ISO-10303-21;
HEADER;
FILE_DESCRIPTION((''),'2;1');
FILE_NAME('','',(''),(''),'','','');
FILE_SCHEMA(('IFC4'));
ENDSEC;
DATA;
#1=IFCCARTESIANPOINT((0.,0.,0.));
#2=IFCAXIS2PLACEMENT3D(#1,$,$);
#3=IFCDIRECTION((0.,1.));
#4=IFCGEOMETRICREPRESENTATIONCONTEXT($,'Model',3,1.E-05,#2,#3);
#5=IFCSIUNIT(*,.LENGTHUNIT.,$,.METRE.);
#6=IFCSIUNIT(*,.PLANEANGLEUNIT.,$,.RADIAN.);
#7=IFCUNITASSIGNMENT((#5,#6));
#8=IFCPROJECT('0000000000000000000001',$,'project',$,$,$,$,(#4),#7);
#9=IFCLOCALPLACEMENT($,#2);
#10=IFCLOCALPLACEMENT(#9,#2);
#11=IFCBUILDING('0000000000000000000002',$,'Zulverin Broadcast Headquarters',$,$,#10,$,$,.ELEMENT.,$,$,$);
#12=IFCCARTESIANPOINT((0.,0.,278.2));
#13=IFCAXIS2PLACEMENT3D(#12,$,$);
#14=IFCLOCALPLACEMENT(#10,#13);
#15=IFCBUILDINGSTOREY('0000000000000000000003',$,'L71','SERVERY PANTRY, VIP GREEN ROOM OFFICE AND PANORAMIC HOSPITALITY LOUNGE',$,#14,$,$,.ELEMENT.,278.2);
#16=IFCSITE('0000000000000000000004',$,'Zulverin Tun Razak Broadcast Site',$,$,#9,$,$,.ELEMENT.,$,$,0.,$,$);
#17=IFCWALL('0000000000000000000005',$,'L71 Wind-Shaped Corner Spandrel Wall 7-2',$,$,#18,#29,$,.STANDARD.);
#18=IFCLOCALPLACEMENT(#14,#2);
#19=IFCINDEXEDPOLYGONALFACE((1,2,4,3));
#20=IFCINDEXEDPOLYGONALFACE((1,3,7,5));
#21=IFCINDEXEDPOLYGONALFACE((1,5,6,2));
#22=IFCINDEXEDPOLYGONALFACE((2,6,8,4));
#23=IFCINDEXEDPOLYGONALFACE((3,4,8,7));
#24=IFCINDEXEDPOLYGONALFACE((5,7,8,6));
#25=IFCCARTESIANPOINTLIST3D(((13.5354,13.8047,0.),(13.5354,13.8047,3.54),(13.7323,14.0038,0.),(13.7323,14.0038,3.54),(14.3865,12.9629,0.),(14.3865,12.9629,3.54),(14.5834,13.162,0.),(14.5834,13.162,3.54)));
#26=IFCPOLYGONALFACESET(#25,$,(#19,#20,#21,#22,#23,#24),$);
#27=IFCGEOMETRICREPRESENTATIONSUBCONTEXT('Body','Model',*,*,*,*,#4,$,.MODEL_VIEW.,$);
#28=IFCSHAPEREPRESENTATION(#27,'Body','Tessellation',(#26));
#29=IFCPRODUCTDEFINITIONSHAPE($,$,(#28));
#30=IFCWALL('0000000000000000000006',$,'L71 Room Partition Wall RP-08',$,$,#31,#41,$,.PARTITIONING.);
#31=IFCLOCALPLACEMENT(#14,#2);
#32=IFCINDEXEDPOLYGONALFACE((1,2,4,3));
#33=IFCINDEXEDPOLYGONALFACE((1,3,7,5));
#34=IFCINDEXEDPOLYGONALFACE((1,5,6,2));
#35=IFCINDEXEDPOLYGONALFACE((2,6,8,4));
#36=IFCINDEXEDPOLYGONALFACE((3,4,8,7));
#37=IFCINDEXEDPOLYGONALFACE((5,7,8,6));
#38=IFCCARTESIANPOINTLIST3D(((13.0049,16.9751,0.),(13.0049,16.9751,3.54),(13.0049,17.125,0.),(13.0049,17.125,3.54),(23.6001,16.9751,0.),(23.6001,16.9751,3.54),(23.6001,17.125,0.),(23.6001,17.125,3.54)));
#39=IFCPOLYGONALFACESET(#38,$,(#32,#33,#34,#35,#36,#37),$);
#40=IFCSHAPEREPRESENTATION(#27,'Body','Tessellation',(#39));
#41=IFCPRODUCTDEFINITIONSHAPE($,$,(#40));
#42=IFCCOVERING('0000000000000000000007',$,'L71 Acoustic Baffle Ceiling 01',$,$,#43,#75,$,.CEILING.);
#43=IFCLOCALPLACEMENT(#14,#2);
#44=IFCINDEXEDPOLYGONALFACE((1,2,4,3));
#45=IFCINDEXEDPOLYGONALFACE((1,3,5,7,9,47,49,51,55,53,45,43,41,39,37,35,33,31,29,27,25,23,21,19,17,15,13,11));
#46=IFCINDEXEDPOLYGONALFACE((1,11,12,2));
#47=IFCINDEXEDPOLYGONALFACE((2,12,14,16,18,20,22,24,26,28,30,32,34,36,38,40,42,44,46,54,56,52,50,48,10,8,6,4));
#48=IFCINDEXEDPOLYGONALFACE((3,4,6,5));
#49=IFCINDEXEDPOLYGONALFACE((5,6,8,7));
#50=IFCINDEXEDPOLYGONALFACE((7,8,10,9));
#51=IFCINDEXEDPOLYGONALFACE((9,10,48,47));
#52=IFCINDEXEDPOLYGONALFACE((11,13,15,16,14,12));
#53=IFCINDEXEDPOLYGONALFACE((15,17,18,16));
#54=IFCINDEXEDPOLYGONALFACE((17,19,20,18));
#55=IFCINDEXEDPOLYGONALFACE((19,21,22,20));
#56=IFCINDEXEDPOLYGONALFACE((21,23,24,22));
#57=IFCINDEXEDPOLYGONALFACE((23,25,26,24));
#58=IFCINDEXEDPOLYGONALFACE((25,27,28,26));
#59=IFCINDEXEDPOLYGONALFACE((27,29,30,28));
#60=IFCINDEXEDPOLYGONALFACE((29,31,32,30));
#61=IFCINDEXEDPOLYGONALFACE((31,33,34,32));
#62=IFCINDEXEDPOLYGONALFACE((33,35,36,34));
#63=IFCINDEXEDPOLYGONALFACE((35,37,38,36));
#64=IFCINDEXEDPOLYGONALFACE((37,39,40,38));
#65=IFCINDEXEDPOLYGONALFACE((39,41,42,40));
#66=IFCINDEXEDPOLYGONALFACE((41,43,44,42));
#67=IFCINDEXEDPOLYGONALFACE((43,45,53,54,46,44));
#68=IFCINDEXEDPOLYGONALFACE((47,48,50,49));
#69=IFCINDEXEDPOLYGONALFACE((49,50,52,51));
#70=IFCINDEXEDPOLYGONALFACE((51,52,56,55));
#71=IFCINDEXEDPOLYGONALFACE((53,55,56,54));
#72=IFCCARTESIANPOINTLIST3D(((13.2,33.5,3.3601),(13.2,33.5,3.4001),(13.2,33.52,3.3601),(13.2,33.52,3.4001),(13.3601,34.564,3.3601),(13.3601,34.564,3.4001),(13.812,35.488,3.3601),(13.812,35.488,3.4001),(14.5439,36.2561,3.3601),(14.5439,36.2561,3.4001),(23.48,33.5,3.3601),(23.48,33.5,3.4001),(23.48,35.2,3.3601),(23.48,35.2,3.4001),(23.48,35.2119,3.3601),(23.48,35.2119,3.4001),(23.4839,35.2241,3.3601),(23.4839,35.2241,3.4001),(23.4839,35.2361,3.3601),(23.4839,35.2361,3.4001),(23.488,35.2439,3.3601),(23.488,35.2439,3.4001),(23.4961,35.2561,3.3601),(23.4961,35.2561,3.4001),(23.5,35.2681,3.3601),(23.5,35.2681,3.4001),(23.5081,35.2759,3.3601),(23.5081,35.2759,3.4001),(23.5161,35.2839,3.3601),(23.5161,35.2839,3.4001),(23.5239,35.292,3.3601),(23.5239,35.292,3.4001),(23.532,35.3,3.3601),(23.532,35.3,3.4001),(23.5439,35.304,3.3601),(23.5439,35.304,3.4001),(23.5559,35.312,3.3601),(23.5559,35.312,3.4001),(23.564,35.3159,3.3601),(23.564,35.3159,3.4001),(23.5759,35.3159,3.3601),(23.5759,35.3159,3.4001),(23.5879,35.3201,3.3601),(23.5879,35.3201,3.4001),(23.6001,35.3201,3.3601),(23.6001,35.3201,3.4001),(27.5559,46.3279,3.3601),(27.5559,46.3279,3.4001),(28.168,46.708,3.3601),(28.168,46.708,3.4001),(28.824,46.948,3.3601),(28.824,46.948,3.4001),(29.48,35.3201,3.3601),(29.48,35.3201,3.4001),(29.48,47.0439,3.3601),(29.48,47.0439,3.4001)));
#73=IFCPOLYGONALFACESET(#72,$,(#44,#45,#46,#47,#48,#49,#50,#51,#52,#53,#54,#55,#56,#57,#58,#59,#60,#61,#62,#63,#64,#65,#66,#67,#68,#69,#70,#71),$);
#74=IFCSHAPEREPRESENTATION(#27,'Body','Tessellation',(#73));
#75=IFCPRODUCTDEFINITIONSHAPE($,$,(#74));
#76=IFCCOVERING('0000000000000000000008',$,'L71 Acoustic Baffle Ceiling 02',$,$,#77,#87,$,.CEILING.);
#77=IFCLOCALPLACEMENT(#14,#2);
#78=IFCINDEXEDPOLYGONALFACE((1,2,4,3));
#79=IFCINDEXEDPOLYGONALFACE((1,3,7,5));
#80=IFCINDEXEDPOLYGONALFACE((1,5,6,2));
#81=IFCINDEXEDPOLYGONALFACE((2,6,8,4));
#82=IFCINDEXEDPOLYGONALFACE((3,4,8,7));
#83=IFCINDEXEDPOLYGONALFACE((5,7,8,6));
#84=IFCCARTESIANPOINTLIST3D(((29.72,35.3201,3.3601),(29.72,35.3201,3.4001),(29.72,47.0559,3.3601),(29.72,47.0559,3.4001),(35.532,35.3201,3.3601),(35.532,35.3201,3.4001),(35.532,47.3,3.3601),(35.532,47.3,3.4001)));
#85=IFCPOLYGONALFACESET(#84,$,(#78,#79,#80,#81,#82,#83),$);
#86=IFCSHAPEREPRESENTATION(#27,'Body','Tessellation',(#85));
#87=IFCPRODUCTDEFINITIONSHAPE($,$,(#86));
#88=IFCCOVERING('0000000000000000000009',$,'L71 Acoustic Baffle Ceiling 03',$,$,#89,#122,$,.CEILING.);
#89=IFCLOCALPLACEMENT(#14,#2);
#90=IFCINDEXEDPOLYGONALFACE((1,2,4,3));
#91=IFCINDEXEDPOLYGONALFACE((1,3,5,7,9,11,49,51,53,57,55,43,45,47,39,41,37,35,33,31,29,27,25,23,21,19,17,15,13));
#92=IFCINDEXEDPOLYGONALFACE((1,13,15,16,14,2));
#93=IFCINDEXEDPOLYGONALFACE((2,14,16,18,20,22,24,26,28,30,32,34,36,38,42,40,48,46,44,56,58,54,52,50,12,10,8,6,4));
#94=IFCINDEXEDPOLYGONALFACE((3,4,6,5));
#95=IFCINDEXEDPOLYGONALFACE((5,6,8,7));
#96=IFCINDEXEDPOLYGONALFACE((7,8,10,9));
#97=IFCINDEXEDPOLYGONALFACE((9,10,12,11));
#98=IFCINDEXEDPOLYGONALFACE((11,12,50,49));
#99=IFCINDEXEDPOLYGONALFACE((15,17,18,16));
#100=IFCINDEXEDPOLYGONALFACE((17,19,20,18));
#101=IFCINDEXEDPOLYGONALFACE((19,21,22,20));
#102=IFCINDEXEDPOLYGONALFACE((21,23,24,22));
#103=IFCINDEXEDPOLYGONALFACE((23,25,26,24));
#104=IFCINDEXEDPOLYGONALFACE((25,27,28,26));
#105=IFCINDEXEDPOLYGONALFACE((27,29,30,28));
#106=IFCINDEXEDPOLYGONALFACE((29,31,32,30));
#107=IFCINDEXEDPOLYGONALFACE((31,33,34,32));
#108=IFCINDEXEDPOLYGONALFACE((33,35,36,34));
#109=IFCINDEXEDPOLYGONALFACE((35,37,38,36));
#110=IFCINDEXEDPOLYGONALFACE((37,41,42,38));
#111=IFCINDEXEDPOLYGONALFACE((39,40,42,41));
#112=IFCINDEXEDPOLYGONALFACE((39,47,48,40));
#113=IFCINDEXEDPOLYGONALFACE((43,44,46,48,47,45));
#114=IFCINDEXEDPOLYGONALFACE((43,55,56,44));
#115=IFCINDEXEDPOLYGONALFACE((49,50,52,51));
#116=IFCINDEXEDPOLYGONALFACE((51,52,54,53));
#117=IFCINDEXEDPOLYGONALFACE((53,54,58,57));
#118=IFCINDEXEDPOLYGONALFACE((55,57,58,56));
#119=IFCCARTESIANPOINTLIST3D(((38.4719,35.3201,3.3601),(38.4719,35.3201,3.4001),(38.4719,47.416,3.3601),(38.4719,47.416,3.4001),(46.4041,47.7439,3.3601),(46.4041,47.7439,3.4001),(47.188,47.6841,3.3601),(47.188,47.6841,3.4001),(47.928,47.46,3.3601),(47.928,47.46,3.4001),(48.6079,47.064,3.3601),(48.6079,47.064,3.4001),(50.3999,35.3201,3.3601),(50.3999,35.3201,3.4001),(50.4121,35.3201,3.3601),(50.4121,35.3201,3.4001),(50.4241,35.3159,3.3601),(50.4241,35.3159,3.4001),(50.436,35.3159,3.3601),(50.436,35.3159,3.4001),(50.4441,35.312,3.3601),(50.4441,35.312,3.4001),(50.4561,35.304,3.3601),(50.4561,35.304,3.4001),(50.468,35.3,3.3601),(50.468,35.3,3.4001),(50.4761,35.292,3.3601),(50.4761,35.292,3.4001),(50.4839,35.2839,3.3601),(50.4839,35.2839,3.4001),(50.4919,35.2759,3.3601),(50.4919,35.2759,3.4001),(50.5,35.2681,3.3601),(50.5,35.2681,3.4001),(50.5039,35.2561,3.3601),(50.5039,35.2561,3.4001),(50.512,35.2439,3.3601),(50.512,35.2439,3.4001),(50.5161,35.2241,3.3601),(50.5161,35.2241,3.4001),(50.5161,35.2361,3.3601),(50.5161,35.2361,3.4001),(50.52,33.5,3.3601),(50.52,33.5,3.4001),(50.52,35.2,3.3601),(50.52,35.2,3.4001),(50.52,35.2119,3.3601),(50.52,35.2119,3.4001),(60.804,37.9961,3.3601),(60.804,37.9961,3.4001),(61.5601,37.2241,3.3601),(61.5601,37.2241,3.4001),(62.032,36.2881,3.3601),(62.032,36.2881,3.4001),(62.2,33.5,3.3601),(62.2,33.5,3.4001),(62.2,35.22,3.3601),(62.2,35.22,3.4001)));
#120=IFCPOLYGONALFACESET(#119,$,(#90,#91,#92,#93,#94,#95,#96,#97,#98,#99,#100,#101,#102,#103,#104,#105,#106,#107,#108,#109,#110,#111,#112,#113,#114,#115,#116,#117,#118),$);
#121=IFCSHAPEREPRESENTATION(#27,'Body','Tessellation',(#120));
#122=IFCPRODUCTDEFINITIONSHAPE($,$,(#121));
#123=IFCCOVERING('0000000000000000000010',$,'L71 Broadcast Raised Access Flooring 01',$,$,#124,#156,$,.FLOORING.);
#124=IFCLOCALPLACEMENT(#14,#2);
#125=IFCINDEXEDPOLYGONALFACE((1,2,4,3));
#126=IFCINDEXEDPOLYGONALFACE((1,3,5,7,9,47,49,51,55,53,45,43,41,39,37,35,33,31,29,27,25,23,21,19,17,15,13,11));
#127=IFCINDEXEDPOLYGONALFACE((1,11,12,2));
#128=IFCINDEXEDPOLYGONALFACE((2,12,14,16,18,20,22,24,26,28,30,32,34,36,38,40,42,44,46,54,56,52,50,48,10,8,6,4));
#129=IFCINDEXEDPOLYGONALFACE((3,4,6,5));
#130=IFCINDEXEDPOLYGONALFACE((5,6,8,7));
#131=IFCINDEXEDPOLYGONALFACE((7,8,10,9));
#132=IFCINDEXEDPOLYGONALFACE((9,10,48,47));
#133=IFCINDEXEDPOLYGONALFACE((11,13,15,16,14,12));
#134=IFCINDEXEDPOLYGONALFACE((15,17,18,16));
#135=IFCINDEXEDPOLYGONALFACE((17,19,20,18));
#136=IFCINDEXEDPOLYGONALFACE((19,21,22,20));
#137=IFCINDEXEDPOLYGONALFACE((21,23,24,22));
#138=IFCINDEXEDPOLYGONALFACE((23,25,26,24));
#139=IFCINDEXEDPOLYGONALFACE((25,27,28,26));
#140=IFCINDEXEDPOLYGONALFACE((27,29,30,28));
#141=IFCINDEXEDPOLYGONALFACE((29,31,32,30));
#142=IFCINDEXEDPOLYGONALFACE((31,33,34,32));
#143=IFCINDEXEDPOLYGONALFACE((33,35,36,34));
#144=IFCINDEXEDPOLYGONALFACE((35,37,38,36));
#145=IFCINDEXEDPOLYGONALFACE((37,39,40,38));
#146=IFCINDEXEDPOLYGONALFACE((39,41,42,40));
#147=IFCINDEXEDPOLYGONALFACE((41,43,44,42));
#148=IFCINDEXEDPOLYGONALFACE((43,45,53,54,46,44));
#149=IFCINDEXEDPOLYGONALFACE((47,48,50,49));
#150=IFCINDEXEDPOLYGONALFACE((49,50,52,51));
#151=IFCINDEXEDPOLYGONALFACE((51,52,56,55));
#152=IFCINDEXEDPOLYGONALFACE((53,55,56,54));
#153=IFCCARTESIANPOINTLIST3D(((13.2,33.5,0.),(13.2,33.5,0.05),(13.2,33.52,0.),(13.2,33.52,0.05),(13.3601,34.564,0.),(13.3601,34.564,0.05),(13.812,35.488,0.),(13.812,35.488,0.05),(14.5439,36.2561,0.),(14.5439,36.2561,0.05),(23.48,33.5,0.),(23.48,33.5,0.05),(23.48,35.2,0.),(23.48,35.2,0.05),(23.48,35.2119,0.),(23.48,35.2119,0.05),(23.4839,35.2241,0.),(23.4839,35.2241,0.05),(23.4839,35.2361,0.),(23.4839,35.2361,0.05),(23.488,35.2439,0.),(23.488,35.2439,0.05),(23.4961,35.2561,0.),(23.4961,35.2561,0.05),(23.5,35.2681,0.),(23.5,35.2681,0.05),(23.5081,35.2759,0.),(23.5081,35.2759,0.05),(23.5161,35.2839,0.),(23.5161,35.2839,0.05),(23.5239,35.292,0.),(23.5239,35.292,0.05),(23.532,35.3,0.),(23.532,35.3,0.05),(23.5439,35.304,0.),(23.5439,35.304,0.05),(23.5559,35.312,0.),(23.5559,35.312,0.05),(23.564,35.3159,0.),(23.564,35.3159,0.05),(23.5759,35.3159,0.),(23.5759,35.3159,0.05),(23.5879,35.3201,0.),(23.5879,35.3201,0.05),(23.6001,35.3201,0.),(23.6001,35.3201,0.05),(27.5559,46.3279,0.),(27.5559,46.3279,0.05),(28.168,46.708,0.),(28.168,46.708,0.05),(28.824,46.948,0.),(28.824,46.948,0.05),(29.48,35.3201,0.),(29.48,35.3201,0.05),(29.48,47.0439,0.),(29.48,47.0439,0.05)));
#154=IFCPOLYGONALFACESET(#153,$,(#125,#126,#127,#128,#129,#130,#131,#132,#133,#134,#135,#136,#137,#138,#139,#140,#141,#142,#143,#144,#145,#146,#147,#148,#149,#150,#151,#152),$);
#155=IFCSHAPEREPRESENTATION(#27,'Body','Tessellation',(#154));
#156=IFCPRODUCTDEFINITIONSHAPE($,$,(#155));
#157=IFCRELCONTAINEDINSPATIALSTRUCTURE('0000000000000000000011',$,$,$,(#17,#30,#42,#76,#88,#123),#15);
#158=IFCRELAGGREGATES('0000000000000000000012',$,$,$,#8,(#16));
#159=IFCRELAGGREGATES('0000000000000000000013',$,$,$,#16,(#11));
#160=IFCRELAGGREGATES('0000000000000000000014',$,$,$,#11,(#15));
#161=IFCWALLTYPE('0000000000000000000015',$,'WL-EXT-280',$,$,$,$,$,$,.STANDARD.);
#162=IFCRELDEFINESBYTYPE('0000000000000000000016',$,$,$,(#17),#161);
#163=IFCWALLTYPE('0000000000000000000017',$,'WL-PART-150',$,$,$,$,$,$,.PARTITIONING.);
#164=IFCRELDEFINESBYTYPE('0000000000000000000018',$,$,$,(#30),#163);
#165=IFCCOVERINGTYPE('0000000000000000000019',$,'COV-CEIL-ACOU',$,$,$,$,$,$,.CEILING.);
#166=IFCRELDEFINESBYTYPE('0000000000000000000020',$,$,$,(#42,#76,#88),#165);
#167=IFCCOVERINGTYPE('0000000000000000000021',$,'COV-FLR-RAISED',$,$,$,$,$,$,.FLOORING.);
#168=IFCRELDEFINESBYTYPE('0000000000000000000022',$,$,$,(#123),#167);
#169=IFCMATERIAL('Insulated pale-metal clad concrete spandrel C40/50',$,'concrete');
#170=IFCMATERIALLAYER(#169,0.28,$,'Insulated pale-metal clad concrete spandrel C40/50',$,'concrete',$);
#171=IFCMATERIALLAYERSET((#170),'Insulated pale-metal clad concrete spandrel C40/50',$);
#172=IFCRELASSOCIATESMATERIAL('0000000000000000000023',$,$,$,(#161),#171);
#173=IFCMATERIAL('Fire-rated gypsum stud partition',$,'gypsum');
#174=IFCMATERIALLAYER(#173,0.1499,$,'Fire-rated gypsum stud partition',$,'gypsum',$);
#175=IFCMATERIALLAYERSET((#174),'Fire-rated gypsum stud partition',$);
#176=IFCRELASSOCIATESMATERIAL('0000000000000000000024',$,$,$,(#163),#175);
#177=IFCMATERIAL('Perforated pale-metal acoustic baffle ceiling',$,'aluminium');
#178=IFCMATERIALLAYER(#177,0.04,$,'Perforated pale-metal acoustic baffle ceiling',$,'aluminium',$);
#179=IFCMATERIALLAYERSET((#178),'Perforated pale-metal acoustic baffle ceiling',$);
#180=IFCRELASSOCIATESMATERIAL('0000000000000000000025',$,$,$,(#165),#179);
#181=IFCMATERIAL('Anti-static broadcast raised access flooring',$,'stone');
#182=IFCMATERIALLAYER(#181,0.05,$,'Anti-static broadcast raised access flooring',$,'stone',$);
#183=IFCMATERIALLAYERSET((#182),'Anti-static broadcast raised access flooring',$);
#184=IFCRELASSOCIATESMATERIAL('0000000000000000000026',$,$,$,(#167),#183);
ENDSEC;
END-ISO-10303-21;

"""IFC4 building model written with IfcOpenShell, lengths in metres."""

from ifc_helpers import new_model, si_unit, direction, frame, frame_2d, origin, place, context, subcontext, project, spatial, polyline, rectangle, outline, extrude, material, layer, layer_set, type_object, element, save


model = new_model("IFC4")

# Units and contexts
model_context = context("Model", 3, precision=1e-05, world=origin(), true_north=direction((0.0, 1.0)))
body_context = subcontext(model_context, "Body", "Model", "MODEL_VIEW")
ifc_project = project(units=[si_unit("LENGTHUNIT", "METRE"), si_unit("PLANEANGLEUNIT", "RADIAN")], contexts=[model_context])

# Site, building, storey
site_placement = place(None, origin())
site = spatial("IfcSite", under=ifc_project, at=site_placement, Name="Zulverin Tun Razak Broadcast Site", CompositionType="ELEMENT", RefElevation=0.0)
building_placement = place(site_placement, origin())
building = spatial("IfcBuilding", under=site, at=building_placement, Name="Zulverin Broadcast Headquarters", CompositionType="ELEMENT")
storey_placement = place(building_placement, frame((0.0, 0.0, 278.2)))
storey = spatial("IfcBuildingStorey", under=building, at=storey_placement, Name="L71", Description="SERVERY PANTRY, VIP GREEN ROOM OFFICE AND PANORAMIC HOSPITALITY LOUNGE", CompositionType="ELEMENT", Elevation=278.2)

# Walls
ifc_material_1 = material(Name="Insulated pale-metal clad concrete spandrel C40/50", Category="concrete")
ifc_layer_1 = layer(ifc_material_1, 0.28, Name="Insulated pale-metal clad concrete spandrel C40/50", Category="concrete")
ifc_layer_set_1 = layer_set([ifc_layer_1], Name="Insulated pale-metal clad concrete spandrel C40/50")
wall_type_1 = type_object("IfcWallType", Name="WL-EXT-280", PredefinedType="STANDARD", material=ifc_layer_set_1)
wall_1_placement = place(storey_placement, frame((13.6338, 13.9043, 0.0), z_axis=(0.0, 0.0, 1.0), x_axis=(0.710971, -0.703221, 0.0)))
element("IfcWall", 1, at=wall_1_placement, inside=storey, type_object=wall_type_1, Name="L71 Wind-Shaped Corner Spandrel Wall 7-2", PredefinedType="STANDARD", context=body_context, shape_type="SweptSolid", body=[
    extrude(rectangle(XDim=1.197, YDim=0.28, at=frame_2d((0.5986, 0.0))), origin(), (0.0, 0.0, 1.0), 3.54),
])
ifc_material_2 = material(Name="Fire-rated gypsum stud partition", Category="gypsum")
ifc_layer_2 = layer(ifc_material_2, 0.1499, Name="Fire-rated gypsum stud partition", Category="gypsum")
ifc_layer_set_2 = layer_set([ifc_layer_2], Name="Fire-rated gypsum stud partition")
wall_type_2 = type_object("IfcWallType", Name="WL-PART-150", PredefinedType="PARTITIONING", material=ifc_layer_set_2)
wall_2_placement = place(storey_placement, frame((13.0049, 17.05, 0.0), z_axis=(0.0, 0.0, 1.0), x_axis=(1.0, 0.0, 0.0)))
element("IfcWall", 2, at=wall_2_placement, inside=storey, type_object=wall_type_2, Name="L71 Room Partition Wall RP-08", PredefinedType="PARTITIONING", context=body_context, shape_type="SweptSolid", body=[
    extrude(rectangle(XDim=10.5952, YDim=0.1499, at=frame_2d((5.2976, 0.0))), origin(), (0.0, 0.0, 1.0), 3.54),
])

# Coverings
ifc_material_3 = material(Name="Perforated pale-metal acoustic baffle ceiling", Category="aluminium")
ifc_layer_3 = layer(ifc_material_3, 0.04, Name="Perforated pale-metal acoustic baffle ceiling", Category="aluminium")
ifc_layer_set_3 = layer_set([ifc_layer_3], Name="Perforated pale-metal acoustic baffle ceiling")
covering_type_1 = type_object("IfcCoveringType", Name="COV-CEIL-ACOU", PredefinedType="CEILING", material=ifc_layer_set_3)
covering_1_placement = place(storey_placement, frame((0.0, 0.0, 3.3601)))
element("IfcCovering", 3, at=covering_1_placement, inside=storey, type_object=covering_type_1, Name="L71 Acoustic Baffle Ceiling 01", PredefinedType="CEILING", context=body_context, shape_type="SweptSolid", body=[
    extrude(outline(polyline([(28.168, 46.708), (27.5559, 46.3279), (14.5439, 36.2561), (13.812, 35.488), (13.3601, 34.564), (13.2, 33.52), (13.2, 33.5), (23.48, 33.5), (23.48, 35.2), (23.48, 35.2119), (23.4839, 35.2241), (23.4839, 35.2361), (23.488, 35.2439), (23.4961, 35.2561), (23.5, 35.2681), (23.5081, 35.2759), (23.5161, 35.2839), (23.5239, 35.292), (23.532, 35.3), (23.5439, 35.304), (23.5559, 35.312), (23.564, 35.3159), (23.5759, 35.3159), (23.5879, 35.3201), (23.6001, 35.3201), (29.48, 35.3201), (29.48, 47.0439), (28.824, 46.948), (28.168, 46.708)])), origin(), (0.0, 0.0, 1.0), 0.04),
])
covering_2_placement = place(storey_placement, frame((0.0, 0.0, 3.3601)))
element("IfcCovering", 4, at=covering_2_placement, inside=storey, type_object=covering_type_1, Name="L71 Acoustic Baffle Ceiling 02", PredefinedType="CEILING", context=body_context, shape_type="SweptSolid", body=[
    extrude(outline(polyline([(35.532, 35.3201), (35.532, 47.3), (29.72, 47.0559), (29.72, 35.3201), (35.532, 35.3201)])), origin(), (0.0, 0.0, 1.0), 0.04),
])
covering_3_placement = place(storey_placement, frame((0.0, 0.0, 3.3601)))
element("IfcCovering", 5, at=covering_3_placement, inside=storey, type_object=covering_type_1, Name="L71 Acoustic Baffle Ceiling 03", PredefinedType="CEILING", context=body_context, shape_type="SweptSolid", body=[
    extrude(outline(polyline([(46.4041, 47.7439), (38.4719, 47.416), (38.4719, 35.3201), (50.3999, 35.3201), (50.4121, 35.3201), (50.4241, 35.3159), (50.436, 35.3159), (50.4441, 35.312), (50.4561, 35.304), (50.468, 35.3), (50.4761, 35.292), (50.4839, 35.2839), (50.4919, 35.2759), (50.5, 35.2681), (50.5039, 35.2561), (50.512, 35.2439), (50.5161, 35.2361), (50.5161, 35.2241), (50.52, 35.2119), (50.52, 35.2), (50.52, 33.5), (62.2, 33.5), (62.2, 35.22), (62.032, 36.2881), (61.5601, 37.2241), (60.804, 37.9961), (48.6079, 47.064), (47.928, 47.46), (47.188, 47.6841), (46.4041, 47.7439)])), origin(), (0.0, 0.0, 1.0), 0.04),
])
ifc_material_4 = material(Name="Anti-static broadcast raised access flooring", Category="stone")
ifc_layer_4 = layer(ifc_material_4, 0.05, Name="Anti-static broadcast raised access flooring", Category="stone")
ifc_layer_set_4 = layer_set([ifc_layer_4], Name="Anti-static broadcast raised access flooring")
covering_type_2 = type_object("IfcCoveringType", Name="COV-FLR-RAISED", PredefinedType="FLOORING", material=ifc_layer_set_4)
covering_4_placement = place(storey_placement, origin())
element("IfcCovering", 6, at=covering_4_placement, inside=storey, type_object=covering_type_2, Name="L71 Broadcast Raised Access Flooring 01", PredefinedType="FLOORING", context=body_context, shape_type="SweptSolid", body=[
    extrude(outline(polyline([(28.168, 46.708), (27.5559, 46.3279), (14.5439, 36.2561), (13.812, 35.488), (13.3601, 34.564), (13.2, 33.52), (13.2, 33.5), (23.48, 33.5), (23.48, 35.2), (23.48, 35.2119), (23.4839, 35.2241), (23.4839, 35.2361), (23.488, 35.2439), (23.4961, 35.2561), (23.5, 35.2681), (23.5081, 35.2759), (23.5161, 35.2839), (23.5239, 35.292), (23.532, 35.3), (23.5439, 35.304), (23.5559, 35.312), (23.564, 35.3159), (23.5759, 35.3159), (23.5879, 35.3201), (23.6001, 35.3201), (29.48, 35.3201), (29.48, 47.0439), (28.824, 46.948), (28.168, 46.708)])), origin(), (0.0, 0.0, 1.0), 0.05),
])

save(model, "model.ifc")
